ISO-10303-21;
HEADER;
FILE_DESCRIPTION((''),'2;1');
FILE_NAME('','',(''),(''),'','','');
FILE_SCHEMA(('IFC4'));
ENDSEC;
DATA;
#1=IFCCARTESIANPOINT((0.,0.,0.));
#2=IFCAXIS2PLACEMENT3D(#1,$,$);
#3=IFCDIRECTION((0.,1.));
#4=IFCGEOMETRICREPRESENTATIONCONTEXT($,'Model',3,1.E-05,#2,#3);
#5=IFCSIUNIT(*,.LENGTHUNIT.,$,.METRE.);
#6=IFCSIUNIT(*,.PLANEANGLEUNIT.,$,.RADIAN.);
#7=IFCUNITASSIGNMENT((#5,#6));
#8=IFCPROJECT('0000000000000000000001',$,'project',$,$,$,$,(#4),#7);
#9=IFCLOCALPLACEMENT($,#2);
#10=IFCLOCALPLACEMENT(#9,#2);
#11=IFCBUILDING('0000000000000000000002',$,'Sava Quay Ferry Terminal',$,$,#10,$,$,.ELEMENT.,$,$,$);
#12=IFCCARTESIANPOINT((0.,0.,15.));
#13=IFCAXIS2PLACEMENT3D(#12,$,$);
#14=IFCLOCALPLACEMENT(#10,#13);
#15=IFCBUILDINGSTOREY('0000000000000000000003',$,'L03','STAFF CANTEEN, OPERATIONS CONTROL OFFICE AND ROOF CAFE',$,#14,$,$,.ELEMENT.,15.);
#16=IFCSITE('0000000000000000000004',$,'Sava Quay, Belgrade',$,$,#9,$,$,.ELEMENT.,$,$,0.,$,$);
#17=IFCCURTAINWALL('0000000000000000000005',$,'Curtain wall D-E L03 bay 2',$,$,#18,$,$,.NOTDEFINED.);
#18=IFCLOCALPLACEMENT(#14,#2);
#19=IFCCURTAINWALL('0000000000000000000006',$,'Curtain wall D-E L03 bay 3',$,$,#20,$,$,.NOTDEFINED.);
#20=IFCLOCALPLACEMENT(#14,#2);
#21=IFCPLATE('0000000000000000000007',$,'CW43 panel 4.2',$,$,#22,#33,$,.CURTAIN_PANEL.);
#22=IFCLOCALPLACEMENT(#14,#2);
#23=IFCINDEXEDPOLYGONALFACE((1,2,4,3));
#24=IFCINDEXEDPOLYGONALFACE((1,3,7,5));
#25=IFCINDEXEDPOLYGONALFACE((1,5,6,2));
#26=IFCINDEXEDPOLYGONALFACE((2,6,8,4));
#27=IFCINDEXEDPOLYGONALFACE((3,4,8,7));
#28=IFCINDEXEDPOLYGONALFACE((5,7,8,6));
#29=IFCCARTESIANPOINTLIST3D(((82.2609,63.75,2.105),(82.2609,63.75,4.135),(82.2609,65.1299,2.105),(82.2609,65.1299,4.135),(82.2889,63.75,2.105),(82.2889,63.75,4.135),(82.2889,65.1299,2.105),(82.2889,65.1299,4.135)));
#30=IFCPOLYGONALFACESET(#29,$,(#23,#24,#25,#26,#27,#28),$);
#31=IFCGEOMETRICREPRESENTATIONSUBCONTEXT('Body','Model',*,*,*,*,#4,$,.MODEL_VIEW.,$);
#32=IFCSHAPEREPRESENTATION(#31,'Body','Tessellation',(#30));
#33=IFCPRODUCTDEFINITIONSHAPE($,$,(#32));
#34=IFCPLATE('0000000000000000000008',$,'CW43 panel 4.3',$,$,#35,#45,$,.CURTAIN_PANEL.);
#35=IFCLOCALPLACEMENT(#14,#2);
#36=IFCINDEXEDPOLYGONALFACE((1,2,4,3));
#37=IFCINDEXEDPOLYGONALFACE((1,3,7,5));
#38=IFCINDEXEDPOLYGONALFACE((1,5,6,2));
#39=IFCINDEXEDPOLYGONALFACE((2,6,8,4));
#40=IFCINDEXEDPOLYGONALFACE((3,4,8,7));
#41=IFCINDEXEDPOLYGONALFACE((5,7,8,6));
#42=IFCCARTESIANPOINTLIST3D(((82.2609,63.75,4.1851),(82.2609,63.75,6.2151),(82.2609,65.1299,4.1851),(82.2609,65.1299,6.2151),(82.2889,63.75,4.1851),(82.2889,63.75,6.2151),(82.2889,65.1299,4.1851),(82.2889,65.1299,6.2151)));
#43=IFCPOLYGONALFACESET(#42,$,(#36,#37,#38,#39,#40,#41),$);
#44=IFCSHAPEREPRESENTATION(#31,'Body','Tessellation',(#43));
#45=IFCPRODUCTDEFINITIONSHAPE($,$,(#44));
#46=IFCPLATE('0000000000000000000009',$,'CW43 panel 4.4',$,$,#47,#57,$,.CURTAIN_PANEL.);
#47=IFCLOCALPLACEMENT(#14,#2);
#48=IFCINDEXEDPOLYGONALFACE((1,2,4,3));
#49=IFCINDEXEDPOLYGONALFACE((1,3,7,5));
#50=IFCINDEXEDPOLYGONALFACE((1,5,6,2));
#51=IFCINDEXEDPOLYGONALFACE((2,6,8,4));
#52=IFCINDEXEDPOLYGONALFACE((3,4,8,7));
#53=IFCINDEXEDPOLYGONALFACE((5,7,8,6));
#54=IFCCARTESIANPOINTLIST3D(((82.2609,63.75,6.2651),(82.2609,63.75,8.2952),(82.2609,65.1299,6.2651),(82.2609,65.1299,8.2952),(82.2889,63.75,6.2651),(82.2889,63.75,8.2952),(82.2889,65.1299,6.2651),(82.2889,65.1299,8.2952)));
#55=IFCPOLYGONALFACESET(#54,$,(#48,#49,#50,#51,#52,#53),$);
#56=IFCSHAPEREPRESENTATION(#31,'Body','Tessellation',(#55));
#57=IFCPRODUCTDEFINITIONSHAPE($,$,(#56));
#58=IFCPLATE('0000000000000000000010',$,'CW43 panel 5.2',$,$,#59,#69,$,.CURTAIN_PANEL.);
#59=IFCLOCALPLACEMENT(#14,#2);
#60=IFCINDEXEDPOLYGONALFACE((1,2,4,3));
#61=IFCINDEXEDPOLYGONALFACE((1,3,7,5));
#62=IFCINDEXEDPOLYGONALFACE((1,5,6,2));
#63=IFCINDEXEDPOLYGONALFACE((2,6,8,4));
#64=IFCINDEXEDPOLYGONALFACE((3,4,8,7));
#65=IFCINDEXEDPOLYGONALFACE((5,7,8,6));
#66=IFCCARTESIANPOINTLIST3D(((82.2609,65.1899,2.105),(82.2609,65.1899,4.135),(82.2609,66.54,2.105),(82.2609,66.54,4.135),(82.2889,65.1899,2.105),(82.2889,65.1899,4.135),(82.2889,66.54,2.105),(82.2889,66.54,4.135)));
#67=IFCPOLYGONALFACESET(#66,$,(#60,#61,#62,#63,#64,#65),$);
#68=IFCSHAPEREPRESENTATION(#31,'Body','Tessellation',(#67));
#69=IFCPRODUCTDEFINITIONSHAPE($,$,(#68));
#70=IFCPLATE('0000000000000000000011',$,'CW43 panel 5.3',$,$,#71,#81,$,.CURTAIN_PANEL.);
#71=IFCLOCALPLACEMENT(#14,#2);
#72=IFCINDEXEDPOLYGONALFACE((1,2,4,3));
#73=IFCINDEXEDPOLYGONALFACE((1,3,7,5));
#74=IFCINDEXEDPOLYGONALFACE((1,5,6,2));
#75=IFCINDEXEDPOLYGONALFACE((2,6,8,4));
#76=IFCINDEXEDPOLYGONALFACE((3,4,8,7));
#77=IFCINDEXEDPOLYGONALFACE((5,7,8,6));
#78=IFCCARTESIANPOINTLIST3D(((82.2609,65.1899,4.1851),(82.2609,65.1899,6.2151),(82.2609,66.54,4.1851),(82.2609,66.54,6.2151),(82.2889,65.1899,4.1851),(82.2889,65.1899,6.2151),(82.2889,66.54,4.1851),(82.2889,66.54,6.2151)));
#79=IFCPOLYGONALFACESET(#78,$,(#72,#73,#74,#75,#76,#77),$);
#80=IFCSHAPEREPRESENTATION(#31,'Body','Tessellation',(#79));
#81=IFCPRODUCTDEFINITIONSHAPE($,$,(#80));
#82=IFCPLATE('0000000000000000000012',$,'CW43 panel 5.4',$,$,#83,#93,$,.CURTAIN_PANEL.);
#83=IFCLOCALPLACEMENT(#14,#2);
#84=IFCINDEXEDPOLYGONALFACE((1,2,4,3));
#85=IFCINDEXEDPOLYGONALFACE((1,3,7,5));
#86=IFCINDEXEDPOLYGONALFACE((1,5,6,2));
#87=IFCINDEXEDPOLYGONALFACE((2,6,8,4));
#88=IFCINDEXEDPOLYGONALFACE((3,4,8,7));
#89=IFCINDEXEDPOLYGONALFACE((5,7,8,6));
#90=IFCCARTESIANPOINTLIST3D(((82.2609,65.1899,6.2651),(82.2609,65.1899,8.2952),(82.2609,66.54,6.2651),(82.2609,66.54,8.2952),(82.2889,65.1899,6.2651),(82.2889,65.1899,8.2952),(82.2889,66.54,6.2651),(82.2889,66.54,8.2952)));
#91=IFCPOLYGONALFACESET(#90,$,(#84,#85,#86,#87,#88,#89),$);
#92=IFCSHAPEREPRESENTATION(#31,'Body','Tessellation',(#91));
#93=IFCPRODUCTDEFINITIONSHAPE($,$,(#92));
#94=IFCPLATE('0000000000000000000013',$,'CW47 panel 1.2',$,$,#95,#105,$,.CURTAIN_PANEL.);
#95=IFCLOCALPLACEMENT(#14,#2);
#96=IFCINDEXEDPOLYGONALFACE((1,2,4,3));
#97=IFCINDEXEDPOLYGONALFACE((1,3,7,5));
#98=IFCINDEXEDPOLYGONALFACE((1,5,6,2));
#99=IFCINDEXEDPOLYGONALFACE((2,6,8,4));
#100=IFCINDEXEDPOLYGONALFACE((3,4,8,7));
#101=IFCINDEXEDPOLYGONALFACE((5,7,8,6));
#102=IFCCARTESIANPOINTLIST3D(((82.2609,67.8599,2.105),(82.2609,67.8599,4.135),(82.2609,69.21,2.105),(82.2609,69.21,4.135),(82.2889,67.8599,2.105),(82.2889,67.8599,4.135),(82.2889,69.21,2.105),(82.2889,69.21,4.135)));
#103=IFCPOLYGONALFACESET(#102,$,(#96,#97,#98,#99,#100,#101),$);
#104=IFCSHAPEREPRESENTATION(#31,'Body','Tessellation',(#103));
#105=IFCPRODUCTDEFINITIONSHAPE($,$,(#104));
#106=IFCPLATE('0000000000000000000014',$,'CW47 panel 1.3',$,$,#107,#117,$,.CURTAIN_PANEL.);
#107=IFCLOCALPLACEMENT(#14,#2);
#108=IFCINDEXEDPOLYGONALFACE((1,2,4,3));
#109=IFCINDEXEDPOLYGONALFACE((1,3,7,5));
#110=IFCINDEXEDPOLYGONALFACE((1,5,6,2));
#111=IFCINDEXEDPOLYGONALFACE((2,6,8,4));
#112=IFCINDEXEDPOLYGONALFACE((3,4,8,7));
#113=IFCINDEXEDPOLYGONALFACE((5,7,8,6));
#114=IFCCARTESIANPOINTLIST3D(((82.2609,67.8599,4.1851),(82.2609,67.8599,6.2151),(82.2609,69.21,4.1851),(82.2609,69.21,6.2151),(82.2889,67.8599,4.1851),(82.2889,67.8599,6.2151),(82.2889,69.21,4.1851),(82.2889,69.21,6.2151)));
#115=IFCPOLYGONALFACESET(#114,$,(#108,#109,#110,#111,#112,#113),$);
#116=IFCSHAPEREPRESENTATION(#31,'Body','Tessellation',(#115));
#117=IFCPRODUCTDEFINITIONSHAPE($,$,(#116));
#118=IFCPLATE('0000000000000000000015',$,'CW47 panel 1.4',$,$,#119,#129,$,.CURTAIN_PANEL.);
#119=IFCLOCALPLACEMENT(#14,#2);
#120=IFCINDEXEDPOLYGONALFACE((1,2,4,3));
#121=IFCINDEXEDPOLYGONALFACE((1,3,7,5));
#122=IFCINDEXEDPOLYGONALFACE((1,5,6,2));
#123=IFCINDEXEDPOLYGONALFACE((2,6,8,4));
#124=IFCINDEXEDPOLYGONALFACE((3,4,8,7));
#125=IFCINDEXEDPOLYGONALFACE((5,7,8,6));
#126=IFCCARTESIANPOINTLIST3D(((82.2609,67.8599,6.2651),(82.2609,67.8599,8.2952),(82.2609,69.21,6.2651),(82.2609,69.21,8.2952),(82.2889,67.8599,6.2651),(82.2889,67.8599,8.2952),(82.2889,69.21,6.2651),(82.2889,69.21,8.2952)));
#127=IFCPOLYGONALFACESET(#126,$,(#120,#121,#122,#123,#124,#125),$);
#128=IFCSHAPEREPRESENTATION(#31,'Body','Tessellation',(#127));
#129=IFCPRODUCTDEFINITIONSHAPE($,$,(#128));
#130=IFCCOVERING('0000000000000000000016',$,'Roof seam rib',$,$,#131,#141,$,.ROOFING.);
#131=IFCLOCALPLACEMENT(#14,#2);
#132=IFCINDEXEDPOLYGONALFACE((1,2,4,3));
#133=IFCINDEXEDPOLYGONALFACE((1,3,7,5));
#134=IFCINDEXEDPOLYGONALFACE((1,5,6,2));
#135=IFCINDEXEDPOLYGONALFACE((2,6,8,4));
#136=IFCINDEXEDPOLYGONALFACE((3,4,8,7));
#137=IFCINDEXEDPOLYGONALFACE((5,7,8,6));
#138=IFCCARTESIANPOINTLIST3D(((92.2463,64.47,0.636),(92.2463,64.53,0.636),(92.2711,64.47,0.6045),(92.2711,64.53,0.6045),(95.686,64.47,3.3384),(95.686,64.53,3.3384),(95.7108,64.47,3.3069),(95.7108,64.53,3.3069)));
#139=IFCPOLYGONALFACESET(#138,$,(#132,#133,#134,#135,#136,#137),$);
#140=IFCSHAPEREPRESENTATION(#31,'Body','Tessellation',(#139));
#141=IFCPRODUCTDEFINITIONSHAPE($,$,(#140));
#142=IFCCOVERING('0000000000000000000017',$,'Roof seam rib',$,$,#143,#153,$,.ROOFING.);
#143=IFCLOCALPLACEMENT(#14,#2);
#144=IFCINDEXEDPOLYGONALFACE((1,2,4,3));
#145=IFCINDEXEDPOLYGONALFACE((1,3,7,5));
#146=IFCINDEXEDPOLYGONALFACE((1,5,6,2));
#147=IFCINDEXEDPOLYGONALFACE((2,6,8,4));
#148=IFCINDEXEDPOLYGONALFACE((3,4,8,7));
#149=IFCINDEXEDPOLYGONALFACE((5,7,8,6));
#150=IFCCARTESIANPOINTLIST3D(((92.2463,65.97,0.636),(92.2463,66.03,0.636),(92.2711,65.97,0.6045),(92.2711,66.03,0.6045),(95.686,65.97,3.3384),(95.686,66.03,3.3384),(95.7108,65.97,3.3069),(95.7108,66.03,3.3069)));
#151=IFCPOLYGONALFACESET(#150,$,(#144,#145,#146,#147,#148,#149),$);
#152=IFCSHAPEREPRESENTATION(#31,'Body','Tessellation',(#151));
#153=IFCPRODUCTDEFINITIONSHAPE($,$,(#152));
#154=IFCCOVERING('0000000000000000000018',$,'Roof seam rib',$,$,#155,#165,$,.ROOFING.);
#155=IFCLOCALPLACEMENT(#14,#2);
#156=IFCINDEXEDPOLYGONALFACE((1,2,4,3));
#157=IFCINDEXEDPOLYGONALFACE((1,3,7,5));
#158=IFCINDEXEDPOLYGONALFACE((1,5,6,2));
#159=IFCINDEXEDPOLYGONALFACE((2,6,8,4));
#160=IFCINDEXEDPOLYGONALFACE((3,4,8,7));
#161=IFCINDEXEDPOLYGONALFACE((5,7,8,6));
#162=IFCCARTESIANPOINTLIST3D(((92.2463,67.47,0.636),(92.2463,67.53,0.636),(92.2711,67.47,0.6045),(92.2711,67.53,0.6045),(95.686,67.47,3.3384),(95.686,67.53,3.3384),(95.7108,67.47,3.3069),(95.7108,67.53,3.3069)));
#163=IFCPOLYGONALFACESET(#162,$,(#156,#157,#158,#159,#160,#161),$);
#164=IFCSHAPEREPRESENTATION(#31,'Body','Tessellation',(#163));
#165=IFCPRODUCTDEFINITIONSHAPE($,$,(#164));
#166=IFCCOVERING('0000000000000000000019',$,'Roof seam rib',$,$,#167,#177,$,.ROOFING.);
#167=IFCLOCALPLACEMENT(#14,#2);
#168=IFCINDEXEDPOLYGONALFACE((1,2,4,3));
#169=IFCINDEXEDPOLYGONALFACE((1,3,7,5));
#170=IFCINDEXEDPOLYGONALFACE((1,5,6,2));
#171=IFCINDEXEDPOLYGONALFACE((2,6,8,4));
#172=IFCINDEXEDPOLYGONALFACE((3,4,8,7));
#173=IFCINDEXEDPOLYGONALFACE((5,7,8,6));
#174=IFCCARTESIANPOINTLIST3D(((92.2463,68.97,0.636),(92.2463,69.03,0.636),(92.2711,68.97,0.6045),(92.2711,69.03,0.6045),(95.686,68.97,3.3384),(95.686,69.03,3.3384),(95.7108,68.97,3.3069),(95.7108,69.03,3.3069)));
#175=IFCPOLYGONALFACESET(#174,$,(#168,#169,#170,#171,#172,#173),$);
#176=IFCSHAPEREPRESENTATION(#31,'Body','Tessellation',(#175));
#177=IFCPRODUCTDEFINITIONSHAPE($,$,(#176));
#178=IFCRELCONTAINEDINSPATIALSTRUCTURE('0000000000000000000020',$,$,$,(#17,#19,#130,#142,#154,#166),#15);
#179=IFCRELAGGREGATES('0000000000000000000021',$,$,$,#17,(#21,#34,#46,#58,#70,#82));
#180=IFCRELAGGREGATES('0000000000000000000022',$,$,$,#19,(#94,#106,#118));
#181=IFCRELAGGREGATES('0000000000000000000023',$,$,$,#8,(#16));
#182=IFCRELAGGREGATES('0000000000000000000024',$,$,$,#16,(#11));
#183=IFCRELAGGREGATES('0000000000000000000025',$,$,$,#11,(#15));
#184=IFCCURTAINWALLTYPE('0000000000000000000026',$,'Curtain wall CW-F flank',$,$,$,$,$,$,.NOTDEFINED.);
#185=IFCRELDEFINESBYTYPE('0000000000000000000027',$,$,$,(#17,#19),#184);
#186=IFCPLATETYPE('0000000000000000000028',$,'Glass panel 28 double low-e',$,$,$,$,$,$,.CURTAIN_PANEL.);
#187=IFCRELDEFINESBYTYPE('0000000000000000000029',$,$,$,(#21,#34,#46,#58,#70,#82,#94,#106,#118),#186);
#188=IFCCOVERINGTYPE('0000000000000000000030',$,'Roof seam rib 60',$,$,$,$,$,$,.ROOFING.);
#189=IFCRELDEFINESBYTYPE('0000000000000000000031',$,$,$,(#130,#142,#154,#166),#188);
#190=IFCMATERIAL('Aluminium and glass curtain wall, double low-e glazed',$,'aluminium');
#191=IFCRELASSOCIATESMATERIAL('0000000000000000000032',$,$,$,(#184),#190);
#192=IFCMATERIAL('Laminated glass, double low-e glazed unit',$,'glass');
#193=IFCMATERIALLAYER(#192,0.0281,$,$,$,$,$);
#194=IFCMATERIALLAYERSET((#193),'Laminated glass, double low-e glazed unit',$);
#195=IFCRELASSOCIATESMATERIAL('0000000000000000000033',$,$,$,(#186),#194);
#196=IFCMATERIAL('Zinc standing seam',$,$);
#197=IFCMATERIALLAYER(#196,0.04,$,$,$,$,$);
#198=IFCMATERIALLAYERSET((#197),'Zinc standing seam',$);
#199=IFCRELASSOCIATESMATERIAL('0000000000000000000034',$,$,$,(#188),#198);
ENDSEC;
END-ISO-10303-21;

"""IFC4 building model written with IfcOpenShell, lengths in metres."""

from ifc_helpers import new_model, si_unit, direction, frame, origin, origin_2d, place, context, subcontext, project, spatial, polyline, rectangle, outline, extrude, material, layer, layer_set, type_object, element, aggregate, save


model = new_model("IFC4")

# Units and contexts
model_context = context("Model", 3, precision=1e-05, world=origin(), true_north=direction((0.0, 1.0)))
body_context = subcontext(model_context, "Body", "Model", "MODEL_VIEW")
ifc_project = project(units=[si_unit("LENGTHUNIT", "METRE"), si_unit("PLANEANGLEUNIT", "RADIAN")], contexts=[model_context])

# Site, building, storey
site_placement = place(None, origin())
site = spatial("IfcSite", under=ifc_project, at=site_placement, Name="Sava Quay, Belgrade", CompositionType="ELEMENT", RefElevation=0.0)
building_placement = place(site_placement, origin())
building = spatial("IfcBuilding", under=site, at=building_placement, Name="Sava Quay Ferry Terminal", CompositionType="ELEMENT")
storey_placement = place(building_placement, frame((0.0, 0.0, 15.0)))
storey = spatial("IfcBuildingStorey", under=building, at=storey_placement, Name="L03", Description="STAFF CANTEEN, OPERATIONS CONTROL OFFICE AND ROOF CAFE", CompositionType="ELEMENT", Elevation=15.0)

# Curtain walls
ifc_material_1 = material(Name="Aluminium and glass curtain wall, double low-e glazed", Category="aluminium")
curtain_wall_type = type_object("IfcCurtainWallType", Name="Curtain wall CW-F flank", PredefinedType="NOTDEFINED", material=ifc_material_1)
curtain_wall_1_placement = place(storey_placement, origin())
curtain_wall_1 = element("IfcCurtainWall", 1, at=curtain_wall_1_placement, inside=storey, type_object=curtain_wall_type, Name="Curtain wall D-E L03 bay 2", PredefinedType="NOTDEFINED")
curtain_wall_2_placement = place(storey_placement, origin())
curtain_wall_2 = element("IfcCurtainWall", 2, at=curtain_wall_2_placement, inside=storey, type_object=curtain_wall_type, Name="Curtain wall D-E L03 bay 3", PredefinedType="NOTDEFINED")

# Plates
ifc_material_2 = material(Name="Laminated glass, double low-e glazed unit", Category="glass")
ifc_layer_1 = layer(ifc_material_2, 0.0281)
ifc_layer_set_1 = layer_set([ifc_layer_1], Name="Laminated glass, double low-e glazed unit")
plate_type = type_object("IfcPlateType", Name="Glass panel 28 double low-e", PredefinedType="CURTAIN_PANEL", material=ifc_layer_set_1)
plate_1_placement = place(storey_placement, frame((82.2749, 64.4399, 2.105), z_axis=(0.0, 0.0, 1.0), x_axis=(0.0, 1.0, 0.0)))
plate_1 = element("IfcPlate", 3, at=plate_1_placement, type_object=plate_type, Name="CW43 panel 4.2", PredefinedType="CURTAIN_PANEL", context=body_context, shape_type="SweptSolid", body=[
    extrude(rectangle(XDim=1.3799, YDim=0.0281, at=origin_2d()), origin(), (0.0, 0.0, 1.0), 2.03),
])
plate_2_placement = place(storey_placement, frame((82.2749, 64.4399, 4.1851), z_axis=(0.0, 0.0, 1.0), x_axis=(0.0, 1.0, 0.0)))
plate_2 = element("IfcPlate", 4, at=plate_2_placement, type_object=plate_type, Name="CW43 panel 4.3", PredefinedType="CURTAIN_PANEL", context=body_context, shape_type="SweptSolid", body=[
    extrude(rectangle(XDim=1.3799, YDim=0.0281, at=origin_2d()), origin(), (0.0, 0.0, 1.0), 2.03),
])
plate_3_placement = place(storey_placement, frame((82.2749, 64.4399, 6.2651), z_axis=(0.0, 0.0, 1.0), x_axis=(0.0, 1.0, 0.0)))
plate_3 = element("IfcPlate", 5, at=plate_3_placement, type_object=plate_type, Name="CW43 panel 4.4", PredefinedType="CURTAIN_PANEL", context=body_context, shape_type="SweptSolid", body=[
    extrude(rectangle(XDim=1.3799, YDim=0.0281, at=origin_2d()), origin(), (0.0, 0.0, 1.0), 2.03),
])
plate_4_placement = place(storey_placement, frame((82.2749, 65.865, 2.105), z_axis=(0.0, 0.0, 1.0), x_axis=(0.0, 1.0, 0.0)))
plate_4 = element("IfcPlate", 6, at=plate_4_placement, type_object=plate_type, Name="CW43 panel 5.2", PredefinedType="CURTAIN_PANEL", context=body_context, shape_type="SweptSolid", body=[
    extrude(rectangle(XDim=1.3501, YDim=0.0281, at=origin_2d()), origin(), (0.0, 0.0, 1.0), 2.03),
])
plate_5_placement = place(storey_placement, frame((82.2749, 65.865, 4.1851), z_axis=(0.0, 0.0, 1.0), x_axis=(0.0, 1.0, 0.0)))
plate_5 = element("IfcPlate", 7, at=plate_5_placement, type_object=plate_type, Name="CW43 panel 5.3", PredefinedType="CURTAIN_PANEL", context=body_context, shape_type="SweptSolid", body=[
    extrude(rectangle(XDim=1.3501, YDim=0.0281, at=origin_2d()), origin(), (0.0, 0.0, 1.0), 2.03),
])
plate_6_placement = place(storey_placement, frame((82.2749, 65.865, 6.2651), z_axis=(0.0, 0.0, 1.0), x_axis=(0.0, 1.0, 0.0)))
plate_6 = element("IfcPlate", 8, at=plate_6_placement, type_object=plate_type, Name="CW43 panel 5.4", PredefinedType="CURTAIN_PANEL", context=body_context, shape_type="SweptSolid", body=[
    extrude(rectangle(XDim=1.3501, YDim=0.0281, at=origin_2d()), origin(), (0.0, 0.0, 1.0), 2.03),
])
aggregate(curtain_wall_1, [plate_1, plate_2, plate_3, plate_4, plate_5, plate_6])
plate_7_placement = place(storey_placement, frame((82.2749, 68.5349, 2.105), z_axis=(0.0, 0.0, 1.0), x_axis=(0.0, 1.0, 0.0)))
plate_7 = element("IfcPlate", 9, at=plate_7_placement, type_object=plate_type, Name="CW47 panel 1.2", PredefinedType="CURTAIN_PANEL", context=body_context, shape_type="SweptSolid", body=[
    extrude(rectangle(XDim=1.3501, YDim=0.0281, at=origin_2d()), origin(), (0.0, 0.0, 1.0), 2.03),
])
plate_8_placement = place(storey_placement, frame((82.2749, 68.5349, 4.1851), z_axis=(0.0, 0.0, 1.0), x_axis=(0.0, 1.0, 0.0)))
plate_8 = element("IfcPlate", 10, at=plate_8_placement, type_object=plate_type, Name="CW47 panel 1.3", PredefinedType="CURTAIN_PANEL", context=body_context, shape_type="SweptSolid", body=[
    extrude(rectangle(XDim=1.3501, YDim=0.0281, at=origin_2d()), origin(), (0.0, 0.0, 1.0), 2.03),
])
plate_9_placement = place(storey_placement, frame((82.2749, 68.5349, 6.2651), z_axis=(0.0, 0.0, 1.0), x_axis=(0.0, 1.0, 0.0)))
plate_9 = element("IfcPlate", 11, at=plate_9_placement, type_object=plate_type, Name="CW47 panel 1.4", PredefinedType="CURTAIN_PANEL", context=body_context, shape_type="SweptSolid", body=[
    extrude(rectangle(XDim=1.3501, YDim=0.0281, at=origin_2d()), origin(), (0.0, 0.0, 1.0), 2.03),
])
aggregate(curtain_wall_2, [plate_7, plate_8, plate_9])

# Coverings
ifc_material_3 = material(Name="Zinc standing seam")
ifc_layer_2 = layer(ifc_material_3, 0.04)
ifc_layer_set_2 = layer_set([ifc_layer_2], Name="Zinc standing seam")
covering_type = type_object("IfcCoveringType", Name="Roof seam rib 60", PredefinedType="ROOFING", material=ifc_layer_set_2)
for number, where, z_axis, x_axis, name in (
    (12, (92.2463, 64.53, 0.636), (-0.61779, 0.0, 0.786344), (0.786344, 0.0, 0.61779), "Roof seam rib"),
    (13, (92.2463, 66.03, 0.636), (-0.61779, 0.0, 0.786344), (0.786344, 0.0, 0.61779), "Roof seam rib"),
    (14, (92.2463, 67.53, 0.636), (-0.61779, 0.0, 0.786344), (0.786344, 0.0, 0.61779), "Roof seam rib"),
    (15, (92.2463, 69.03, 0.636), (-0.61779, 0.0, 0.786344), (0.786344, 0.0, 0.61779), "Roof seam rib"),
):
    element("IfcCovering", number, at=place(storey_placement, frame(where, z_axis=z_axis, x_axis=x_axis)), inside=storey, type_object=covering_type, Name=name, PredefinedType="ROOFING", context=body_context, shape_type="SweptSolid", body=[
        extrude(outline(polyline([(0.0, 0.0), (4.3743, 0.0), (4.3743, -0.0601), (0.0, -0.0601), (0.0, 0.0)])), origin(), (0.0, 0.0, -1.0), 0.04),
    ])

save(model, "model.ifc")
